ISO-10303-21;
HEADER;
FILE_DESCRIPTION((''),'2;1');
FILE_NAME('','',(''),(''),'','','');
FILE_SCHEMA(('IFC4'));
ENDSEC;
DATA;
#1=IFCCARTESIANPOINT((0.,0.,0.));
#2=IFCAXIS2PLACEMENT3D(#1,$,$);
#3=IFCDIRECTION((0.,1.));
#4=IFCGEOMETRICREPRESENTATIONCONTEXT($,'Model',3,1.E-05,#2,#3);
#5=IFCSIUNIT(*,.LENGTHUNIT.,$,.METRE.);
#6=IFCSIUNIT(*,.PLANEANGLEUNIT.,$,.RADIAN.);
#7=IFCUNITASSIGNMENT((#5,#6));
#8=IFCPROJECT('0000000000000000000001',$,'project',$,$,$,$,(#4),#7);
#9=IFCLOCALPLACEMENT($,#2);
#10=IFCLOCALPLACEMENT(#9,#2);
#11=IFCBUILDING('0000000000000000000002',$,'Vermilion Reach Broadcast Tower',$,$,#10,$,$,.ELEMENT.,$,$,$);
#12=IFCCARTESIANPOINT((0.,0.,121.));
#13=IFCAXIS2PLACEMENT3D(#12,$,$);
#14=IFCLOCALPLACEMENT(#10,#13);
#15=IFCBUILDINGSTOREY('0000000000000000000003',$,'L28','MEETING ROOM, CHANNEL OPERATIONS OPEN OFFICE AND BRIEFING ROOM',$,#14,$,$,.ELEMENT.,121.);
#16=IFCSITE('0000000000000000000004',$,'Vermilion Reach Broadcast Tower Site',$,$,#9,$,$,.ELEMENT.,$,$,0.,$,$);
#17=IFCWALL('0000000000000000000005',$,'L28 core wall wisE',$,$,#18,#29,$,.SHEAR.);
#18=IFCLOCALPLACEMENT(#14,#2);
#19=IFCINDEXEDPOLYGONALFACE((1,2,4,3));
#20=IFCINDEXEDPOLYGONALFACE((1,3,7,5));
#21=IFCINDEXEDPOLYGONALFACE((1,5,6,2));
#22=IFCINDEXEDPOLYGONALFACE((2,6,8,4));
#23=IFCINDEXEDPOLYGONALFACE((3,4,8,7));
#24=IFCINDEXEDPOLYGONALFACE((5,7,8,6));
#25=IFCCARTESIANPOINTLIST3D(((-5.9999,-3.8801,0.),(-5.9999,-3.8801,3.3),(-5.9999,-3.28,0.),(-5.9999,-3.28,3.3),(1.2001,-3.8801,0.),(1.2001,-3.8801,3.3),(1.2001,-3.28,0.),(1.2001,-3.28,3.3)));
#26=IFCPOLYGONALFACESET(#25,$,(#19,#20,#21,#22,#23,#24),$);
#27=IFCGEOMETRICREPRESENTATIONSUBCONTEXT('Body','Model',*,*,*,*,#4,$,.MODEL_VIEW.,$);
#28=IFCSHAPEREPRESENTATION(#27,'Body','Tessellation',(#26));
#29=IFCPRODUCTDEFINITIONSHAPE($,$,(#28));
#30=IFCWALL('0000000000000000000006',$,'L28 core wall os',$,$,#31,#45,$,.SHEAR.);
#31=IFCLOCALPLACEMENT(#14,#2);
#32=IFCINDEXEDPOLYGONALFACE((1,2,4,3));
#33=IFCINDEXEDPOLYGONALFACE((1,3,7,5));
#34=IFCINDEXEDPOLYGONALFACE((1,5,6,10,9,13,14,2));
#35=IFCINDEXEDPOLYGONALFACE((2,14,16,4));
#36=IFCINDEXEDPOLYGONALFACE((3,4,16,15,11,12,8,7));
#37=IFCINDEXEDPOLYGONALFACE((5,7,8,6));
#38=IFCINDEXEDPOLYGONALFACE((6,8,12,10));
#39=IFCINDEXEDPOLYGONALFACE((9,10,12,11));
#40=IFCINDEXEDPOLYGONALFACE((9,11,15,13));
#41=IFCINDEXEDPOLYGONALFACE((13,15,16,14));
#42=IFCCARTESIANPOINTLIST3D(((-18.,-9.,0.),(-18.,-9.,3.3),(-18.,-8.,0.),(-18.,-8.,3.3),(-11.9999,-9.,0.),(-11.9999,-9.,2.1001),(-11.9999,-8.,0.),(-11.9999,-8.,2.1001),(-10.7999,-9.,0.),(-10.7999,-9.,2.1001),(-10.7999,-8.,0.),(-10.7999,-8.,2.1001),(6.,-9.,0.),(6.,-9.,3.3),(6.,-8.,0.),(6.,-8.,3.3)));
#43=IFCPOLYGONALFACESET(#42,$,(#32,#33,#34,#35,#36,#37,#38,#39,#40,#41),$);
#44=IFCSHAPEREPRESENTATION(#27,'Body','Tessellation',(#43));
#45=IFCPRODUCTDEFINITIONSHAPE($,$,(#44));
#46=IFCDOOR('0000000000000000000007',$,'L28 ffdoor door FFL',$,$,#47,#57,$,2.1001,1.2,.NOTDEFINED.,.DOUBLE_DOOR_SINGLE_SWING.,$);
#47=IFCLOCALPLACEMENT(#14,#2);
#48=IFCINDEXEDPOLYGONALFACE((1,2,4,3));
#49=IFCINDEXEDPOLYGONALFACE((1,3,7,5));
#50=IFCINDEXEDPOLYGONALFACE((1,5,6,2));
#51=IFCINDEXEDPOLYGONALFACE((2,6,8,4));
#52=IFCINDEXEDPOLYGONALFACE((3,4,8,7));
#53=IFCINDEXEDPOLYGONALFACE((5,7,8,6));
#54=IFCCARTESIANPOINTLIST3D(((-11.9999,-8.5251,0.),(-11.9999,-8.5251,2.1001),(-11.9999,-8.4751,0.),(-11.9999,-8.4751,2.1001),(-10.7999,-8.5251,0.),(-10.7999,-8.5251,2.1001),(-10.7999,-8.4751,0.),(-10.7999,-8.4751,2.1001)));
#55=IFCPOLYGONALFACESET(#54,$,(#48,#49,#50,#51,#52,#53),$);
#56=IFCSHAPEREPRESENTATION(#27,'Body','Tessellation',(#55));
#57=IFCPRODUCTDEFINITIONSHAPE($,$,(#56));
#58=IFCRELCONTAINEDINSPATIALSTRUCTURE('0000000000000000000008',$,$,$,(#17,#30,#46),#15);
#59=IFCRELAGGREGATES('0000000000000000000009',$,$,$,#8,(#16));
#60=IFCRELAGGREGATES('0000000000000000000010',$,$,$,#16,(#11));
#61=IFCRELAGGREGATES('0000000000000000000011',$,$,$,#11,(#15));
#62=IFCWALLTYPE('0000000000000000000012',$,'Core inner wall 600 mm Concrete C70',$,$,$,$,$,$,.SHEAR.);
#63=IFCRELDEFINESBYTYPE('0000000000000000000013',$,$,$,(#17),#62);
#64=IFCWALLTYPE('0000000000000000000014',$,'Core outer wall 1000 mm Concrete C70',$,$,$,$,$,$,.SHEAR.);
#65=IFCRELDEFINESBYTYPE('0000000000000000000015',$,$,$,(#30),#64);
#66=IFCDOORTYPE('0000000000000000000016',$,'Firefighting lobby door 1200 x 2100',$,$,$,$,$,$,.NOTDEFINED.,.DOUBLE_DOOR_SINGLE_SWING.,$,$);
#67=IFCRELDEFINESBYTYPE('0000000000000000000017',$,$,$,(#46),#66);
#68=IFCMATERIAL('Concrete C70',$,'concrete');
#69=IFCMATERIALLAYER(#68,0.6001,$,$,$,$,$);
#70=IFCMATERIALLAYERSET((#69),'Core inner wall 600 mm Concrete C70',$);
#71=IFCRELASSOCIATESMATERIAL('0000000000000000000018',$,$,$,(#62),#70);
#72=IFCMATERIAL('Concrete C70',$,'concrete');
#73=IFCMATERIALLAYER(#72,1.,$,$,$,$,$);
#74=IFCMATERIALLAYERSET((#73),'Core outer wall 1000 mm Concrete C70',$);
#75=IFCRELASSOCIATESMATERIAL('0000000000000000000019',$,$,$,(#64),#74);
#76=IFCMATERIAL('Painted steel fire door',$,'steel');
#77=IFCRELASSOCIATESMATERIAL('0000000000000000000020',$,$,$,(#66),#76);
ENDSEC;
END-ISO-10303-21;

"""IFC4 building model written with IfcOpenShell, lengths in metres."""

from ifc_helpers import new_model, si_unit, direction, frame, frame_2d, origin, place, context, subcontext, project, spatial, rectangle, extrude, material, layer, layer_set, type_object, element, fill, save


model = new_model("IFC4")

# Units and contexts
model_context = context("Model", 3, precision=1e-05, world=origin(), true_north=direction((0.0, 1.0)))
body_context = subcontext(model_context, "Body", "Model", "MODEL_VIEW")
ifc_project = project(units=[si_unit("LENGTHUNIT", "METRE"), si_unit("PLANEANGLEUNIT", "RADIAN")], contexts=[model_context])

# Site, building, storey
site_placement = place(None, origin())
site = spatial("IfcSite", under=ifc_project, at=site_placement, Name="Vermilion Reach Broadcast Tower Site", CompositionType="ELEMENT", RefElevation=0.0)
building_placement = place(site_placement, origin())
building = spatial("IfcBuilding", under=site, at=building_placement, Name="Vermilion Reach Broadcast Tower", CompositionType="ELEMENT")
storey_placement = place(building_placement, frame((0.0, 0.0, 121.0)))
storey = spatial("IfcBuildingStorey", under=building, at=storey_placement, Name="L28", Description="MEETING ROOM, CHANNEL OPERATIONS OPEN OFFICE AND BRIEFING ROOM", CompositionType="ELEMENT", Elevation=121.0)

# Shared definitions
ifc_material_1 = material(Name="Concrete C70", Category="concrete")
ifc_layer_1 = layer(ifc_material_1, 0.6001)
ifc_layer_set_1 = layer_set([ifc_layer_1], Name="Core inner wall 600 mm Concrete C70")
wall_type_1 = type_object("IfcWallType", Name="Core inner wall 600 mm Concrete C70", PredefinedType="SHEAR", material=ifc_layer_set_1)

# Wall
wall_1_placement = place(storey_placement, frame((-6.0, -3.5801, 0.0), z_axis=(0.0, 0.0, 1.0), x_axis=(1.0, 0.0, 0.0)))
element("IfcWall", 1, at=wall_1_placement, inside=storey, type_object=wall_type_1, Name="L28 core wall wisE", PredefinedType="SHEAR", context=body_context, shape_type="SweptSolid", body=[
    extrude(rectangle(XDim=7.2, YDim=0.6001, at=frame_2d((3.6001, 0.0))), origin(), (0.0, 0.0, 1.0), 3.3),
])

# Wall, opening, door
ifc_material_2 = material(Name="Concrete C70", Category="concrete")
ifc_layer_2 = layer(ifc_material_2, 1.0)
ifc_layer_set_2 = layer_set([ifc_layer_2], Name="Core outer wall 1000 mm Concrete C70")
wall_type_2 = type_object("IfcWallType", Name="Core outer wall 1000 mm Concrete C70", PredefinedType="SHEAR", material=ifc_layer_set_2)
wall_2_placement = place(storey_placement, frame((-18.0, -8.5, 0.0), z_axis=(0.0, 0.0, 1.0), x_axis=(1.0, 0.0, 0.0)))
wall_2 = element("IfcWall", 2, at=wall_2_placement, inside=storey, type_object=wall_type_2, Name="L28 core wall os", PredefinedType="SHEAR", context=body_context, shape_type="SweptSolid", body=[
    extrude(rectangle(XDim=24.0, YDim=1.0, at=frame_2d((12.0, 0.0))), origin(), (0.0, 0.0, 1.0), 3.3),
])
opening_1_placement = place(wall_2_placement, frame((6.0, 0.0, 0.0)))
opening_1 = element("IfcOpeningElement", 3, at=opening_1_placement, cuts=wall_2, PredefinedType="OPENING", context=body_context, shape_type="SweptSolid", body=[
    extrude(rectangle(XDim=1.2, YDim=2.1001, at=frame_2d((0.6001, 1.05))), frame((0.0, 0.51, 0.0), z_axis=(0.0, -1.0, 0.0), x_axis=(1.0, 0.0, 0.0)), (0.0, 0.0, 1.0), 1.02),
])
ifc_material_3 = material(Name="Painted steel fire door", Category="steel")
door_type_1 = type_object("IfcDoorType", Name="Firefighting lobby door 1200 x 2100", OperationType="DOUBLE_DOOR_SINGLE_SWING", PredefinedType="NOTDEFINED", material=ifc_material_3)
door_1_placement = place(opening_1_placement, origin())
door_1 = element("IfcDoor", 4, at=door_1_placement, inside=storey, type_object=door_type_1, Name="L28 ffdoor door FFL", OperationType="DOUBLE_DOOR_SINGLE_SWING", OverallHeight=2.1001, OverallWidth=1.2, PredefinedType="NOTDEFINED", context=body_context, shape_type="SweptSolid", body=[
    extrude(rectangle(XDim=1.2, YDim=2.1001, at=frame_2d((0.6001, 1.05))), frame((0.0, 0.0249, 0.0), z_axis=(0.0, -1.0, 0.0), x_axis=(1.0, 0.0, 0.0)), (0.0, 0.0, 1.0), 0.05),
])
fill(opening_1, door_1)

save(model, "model.ifc")
